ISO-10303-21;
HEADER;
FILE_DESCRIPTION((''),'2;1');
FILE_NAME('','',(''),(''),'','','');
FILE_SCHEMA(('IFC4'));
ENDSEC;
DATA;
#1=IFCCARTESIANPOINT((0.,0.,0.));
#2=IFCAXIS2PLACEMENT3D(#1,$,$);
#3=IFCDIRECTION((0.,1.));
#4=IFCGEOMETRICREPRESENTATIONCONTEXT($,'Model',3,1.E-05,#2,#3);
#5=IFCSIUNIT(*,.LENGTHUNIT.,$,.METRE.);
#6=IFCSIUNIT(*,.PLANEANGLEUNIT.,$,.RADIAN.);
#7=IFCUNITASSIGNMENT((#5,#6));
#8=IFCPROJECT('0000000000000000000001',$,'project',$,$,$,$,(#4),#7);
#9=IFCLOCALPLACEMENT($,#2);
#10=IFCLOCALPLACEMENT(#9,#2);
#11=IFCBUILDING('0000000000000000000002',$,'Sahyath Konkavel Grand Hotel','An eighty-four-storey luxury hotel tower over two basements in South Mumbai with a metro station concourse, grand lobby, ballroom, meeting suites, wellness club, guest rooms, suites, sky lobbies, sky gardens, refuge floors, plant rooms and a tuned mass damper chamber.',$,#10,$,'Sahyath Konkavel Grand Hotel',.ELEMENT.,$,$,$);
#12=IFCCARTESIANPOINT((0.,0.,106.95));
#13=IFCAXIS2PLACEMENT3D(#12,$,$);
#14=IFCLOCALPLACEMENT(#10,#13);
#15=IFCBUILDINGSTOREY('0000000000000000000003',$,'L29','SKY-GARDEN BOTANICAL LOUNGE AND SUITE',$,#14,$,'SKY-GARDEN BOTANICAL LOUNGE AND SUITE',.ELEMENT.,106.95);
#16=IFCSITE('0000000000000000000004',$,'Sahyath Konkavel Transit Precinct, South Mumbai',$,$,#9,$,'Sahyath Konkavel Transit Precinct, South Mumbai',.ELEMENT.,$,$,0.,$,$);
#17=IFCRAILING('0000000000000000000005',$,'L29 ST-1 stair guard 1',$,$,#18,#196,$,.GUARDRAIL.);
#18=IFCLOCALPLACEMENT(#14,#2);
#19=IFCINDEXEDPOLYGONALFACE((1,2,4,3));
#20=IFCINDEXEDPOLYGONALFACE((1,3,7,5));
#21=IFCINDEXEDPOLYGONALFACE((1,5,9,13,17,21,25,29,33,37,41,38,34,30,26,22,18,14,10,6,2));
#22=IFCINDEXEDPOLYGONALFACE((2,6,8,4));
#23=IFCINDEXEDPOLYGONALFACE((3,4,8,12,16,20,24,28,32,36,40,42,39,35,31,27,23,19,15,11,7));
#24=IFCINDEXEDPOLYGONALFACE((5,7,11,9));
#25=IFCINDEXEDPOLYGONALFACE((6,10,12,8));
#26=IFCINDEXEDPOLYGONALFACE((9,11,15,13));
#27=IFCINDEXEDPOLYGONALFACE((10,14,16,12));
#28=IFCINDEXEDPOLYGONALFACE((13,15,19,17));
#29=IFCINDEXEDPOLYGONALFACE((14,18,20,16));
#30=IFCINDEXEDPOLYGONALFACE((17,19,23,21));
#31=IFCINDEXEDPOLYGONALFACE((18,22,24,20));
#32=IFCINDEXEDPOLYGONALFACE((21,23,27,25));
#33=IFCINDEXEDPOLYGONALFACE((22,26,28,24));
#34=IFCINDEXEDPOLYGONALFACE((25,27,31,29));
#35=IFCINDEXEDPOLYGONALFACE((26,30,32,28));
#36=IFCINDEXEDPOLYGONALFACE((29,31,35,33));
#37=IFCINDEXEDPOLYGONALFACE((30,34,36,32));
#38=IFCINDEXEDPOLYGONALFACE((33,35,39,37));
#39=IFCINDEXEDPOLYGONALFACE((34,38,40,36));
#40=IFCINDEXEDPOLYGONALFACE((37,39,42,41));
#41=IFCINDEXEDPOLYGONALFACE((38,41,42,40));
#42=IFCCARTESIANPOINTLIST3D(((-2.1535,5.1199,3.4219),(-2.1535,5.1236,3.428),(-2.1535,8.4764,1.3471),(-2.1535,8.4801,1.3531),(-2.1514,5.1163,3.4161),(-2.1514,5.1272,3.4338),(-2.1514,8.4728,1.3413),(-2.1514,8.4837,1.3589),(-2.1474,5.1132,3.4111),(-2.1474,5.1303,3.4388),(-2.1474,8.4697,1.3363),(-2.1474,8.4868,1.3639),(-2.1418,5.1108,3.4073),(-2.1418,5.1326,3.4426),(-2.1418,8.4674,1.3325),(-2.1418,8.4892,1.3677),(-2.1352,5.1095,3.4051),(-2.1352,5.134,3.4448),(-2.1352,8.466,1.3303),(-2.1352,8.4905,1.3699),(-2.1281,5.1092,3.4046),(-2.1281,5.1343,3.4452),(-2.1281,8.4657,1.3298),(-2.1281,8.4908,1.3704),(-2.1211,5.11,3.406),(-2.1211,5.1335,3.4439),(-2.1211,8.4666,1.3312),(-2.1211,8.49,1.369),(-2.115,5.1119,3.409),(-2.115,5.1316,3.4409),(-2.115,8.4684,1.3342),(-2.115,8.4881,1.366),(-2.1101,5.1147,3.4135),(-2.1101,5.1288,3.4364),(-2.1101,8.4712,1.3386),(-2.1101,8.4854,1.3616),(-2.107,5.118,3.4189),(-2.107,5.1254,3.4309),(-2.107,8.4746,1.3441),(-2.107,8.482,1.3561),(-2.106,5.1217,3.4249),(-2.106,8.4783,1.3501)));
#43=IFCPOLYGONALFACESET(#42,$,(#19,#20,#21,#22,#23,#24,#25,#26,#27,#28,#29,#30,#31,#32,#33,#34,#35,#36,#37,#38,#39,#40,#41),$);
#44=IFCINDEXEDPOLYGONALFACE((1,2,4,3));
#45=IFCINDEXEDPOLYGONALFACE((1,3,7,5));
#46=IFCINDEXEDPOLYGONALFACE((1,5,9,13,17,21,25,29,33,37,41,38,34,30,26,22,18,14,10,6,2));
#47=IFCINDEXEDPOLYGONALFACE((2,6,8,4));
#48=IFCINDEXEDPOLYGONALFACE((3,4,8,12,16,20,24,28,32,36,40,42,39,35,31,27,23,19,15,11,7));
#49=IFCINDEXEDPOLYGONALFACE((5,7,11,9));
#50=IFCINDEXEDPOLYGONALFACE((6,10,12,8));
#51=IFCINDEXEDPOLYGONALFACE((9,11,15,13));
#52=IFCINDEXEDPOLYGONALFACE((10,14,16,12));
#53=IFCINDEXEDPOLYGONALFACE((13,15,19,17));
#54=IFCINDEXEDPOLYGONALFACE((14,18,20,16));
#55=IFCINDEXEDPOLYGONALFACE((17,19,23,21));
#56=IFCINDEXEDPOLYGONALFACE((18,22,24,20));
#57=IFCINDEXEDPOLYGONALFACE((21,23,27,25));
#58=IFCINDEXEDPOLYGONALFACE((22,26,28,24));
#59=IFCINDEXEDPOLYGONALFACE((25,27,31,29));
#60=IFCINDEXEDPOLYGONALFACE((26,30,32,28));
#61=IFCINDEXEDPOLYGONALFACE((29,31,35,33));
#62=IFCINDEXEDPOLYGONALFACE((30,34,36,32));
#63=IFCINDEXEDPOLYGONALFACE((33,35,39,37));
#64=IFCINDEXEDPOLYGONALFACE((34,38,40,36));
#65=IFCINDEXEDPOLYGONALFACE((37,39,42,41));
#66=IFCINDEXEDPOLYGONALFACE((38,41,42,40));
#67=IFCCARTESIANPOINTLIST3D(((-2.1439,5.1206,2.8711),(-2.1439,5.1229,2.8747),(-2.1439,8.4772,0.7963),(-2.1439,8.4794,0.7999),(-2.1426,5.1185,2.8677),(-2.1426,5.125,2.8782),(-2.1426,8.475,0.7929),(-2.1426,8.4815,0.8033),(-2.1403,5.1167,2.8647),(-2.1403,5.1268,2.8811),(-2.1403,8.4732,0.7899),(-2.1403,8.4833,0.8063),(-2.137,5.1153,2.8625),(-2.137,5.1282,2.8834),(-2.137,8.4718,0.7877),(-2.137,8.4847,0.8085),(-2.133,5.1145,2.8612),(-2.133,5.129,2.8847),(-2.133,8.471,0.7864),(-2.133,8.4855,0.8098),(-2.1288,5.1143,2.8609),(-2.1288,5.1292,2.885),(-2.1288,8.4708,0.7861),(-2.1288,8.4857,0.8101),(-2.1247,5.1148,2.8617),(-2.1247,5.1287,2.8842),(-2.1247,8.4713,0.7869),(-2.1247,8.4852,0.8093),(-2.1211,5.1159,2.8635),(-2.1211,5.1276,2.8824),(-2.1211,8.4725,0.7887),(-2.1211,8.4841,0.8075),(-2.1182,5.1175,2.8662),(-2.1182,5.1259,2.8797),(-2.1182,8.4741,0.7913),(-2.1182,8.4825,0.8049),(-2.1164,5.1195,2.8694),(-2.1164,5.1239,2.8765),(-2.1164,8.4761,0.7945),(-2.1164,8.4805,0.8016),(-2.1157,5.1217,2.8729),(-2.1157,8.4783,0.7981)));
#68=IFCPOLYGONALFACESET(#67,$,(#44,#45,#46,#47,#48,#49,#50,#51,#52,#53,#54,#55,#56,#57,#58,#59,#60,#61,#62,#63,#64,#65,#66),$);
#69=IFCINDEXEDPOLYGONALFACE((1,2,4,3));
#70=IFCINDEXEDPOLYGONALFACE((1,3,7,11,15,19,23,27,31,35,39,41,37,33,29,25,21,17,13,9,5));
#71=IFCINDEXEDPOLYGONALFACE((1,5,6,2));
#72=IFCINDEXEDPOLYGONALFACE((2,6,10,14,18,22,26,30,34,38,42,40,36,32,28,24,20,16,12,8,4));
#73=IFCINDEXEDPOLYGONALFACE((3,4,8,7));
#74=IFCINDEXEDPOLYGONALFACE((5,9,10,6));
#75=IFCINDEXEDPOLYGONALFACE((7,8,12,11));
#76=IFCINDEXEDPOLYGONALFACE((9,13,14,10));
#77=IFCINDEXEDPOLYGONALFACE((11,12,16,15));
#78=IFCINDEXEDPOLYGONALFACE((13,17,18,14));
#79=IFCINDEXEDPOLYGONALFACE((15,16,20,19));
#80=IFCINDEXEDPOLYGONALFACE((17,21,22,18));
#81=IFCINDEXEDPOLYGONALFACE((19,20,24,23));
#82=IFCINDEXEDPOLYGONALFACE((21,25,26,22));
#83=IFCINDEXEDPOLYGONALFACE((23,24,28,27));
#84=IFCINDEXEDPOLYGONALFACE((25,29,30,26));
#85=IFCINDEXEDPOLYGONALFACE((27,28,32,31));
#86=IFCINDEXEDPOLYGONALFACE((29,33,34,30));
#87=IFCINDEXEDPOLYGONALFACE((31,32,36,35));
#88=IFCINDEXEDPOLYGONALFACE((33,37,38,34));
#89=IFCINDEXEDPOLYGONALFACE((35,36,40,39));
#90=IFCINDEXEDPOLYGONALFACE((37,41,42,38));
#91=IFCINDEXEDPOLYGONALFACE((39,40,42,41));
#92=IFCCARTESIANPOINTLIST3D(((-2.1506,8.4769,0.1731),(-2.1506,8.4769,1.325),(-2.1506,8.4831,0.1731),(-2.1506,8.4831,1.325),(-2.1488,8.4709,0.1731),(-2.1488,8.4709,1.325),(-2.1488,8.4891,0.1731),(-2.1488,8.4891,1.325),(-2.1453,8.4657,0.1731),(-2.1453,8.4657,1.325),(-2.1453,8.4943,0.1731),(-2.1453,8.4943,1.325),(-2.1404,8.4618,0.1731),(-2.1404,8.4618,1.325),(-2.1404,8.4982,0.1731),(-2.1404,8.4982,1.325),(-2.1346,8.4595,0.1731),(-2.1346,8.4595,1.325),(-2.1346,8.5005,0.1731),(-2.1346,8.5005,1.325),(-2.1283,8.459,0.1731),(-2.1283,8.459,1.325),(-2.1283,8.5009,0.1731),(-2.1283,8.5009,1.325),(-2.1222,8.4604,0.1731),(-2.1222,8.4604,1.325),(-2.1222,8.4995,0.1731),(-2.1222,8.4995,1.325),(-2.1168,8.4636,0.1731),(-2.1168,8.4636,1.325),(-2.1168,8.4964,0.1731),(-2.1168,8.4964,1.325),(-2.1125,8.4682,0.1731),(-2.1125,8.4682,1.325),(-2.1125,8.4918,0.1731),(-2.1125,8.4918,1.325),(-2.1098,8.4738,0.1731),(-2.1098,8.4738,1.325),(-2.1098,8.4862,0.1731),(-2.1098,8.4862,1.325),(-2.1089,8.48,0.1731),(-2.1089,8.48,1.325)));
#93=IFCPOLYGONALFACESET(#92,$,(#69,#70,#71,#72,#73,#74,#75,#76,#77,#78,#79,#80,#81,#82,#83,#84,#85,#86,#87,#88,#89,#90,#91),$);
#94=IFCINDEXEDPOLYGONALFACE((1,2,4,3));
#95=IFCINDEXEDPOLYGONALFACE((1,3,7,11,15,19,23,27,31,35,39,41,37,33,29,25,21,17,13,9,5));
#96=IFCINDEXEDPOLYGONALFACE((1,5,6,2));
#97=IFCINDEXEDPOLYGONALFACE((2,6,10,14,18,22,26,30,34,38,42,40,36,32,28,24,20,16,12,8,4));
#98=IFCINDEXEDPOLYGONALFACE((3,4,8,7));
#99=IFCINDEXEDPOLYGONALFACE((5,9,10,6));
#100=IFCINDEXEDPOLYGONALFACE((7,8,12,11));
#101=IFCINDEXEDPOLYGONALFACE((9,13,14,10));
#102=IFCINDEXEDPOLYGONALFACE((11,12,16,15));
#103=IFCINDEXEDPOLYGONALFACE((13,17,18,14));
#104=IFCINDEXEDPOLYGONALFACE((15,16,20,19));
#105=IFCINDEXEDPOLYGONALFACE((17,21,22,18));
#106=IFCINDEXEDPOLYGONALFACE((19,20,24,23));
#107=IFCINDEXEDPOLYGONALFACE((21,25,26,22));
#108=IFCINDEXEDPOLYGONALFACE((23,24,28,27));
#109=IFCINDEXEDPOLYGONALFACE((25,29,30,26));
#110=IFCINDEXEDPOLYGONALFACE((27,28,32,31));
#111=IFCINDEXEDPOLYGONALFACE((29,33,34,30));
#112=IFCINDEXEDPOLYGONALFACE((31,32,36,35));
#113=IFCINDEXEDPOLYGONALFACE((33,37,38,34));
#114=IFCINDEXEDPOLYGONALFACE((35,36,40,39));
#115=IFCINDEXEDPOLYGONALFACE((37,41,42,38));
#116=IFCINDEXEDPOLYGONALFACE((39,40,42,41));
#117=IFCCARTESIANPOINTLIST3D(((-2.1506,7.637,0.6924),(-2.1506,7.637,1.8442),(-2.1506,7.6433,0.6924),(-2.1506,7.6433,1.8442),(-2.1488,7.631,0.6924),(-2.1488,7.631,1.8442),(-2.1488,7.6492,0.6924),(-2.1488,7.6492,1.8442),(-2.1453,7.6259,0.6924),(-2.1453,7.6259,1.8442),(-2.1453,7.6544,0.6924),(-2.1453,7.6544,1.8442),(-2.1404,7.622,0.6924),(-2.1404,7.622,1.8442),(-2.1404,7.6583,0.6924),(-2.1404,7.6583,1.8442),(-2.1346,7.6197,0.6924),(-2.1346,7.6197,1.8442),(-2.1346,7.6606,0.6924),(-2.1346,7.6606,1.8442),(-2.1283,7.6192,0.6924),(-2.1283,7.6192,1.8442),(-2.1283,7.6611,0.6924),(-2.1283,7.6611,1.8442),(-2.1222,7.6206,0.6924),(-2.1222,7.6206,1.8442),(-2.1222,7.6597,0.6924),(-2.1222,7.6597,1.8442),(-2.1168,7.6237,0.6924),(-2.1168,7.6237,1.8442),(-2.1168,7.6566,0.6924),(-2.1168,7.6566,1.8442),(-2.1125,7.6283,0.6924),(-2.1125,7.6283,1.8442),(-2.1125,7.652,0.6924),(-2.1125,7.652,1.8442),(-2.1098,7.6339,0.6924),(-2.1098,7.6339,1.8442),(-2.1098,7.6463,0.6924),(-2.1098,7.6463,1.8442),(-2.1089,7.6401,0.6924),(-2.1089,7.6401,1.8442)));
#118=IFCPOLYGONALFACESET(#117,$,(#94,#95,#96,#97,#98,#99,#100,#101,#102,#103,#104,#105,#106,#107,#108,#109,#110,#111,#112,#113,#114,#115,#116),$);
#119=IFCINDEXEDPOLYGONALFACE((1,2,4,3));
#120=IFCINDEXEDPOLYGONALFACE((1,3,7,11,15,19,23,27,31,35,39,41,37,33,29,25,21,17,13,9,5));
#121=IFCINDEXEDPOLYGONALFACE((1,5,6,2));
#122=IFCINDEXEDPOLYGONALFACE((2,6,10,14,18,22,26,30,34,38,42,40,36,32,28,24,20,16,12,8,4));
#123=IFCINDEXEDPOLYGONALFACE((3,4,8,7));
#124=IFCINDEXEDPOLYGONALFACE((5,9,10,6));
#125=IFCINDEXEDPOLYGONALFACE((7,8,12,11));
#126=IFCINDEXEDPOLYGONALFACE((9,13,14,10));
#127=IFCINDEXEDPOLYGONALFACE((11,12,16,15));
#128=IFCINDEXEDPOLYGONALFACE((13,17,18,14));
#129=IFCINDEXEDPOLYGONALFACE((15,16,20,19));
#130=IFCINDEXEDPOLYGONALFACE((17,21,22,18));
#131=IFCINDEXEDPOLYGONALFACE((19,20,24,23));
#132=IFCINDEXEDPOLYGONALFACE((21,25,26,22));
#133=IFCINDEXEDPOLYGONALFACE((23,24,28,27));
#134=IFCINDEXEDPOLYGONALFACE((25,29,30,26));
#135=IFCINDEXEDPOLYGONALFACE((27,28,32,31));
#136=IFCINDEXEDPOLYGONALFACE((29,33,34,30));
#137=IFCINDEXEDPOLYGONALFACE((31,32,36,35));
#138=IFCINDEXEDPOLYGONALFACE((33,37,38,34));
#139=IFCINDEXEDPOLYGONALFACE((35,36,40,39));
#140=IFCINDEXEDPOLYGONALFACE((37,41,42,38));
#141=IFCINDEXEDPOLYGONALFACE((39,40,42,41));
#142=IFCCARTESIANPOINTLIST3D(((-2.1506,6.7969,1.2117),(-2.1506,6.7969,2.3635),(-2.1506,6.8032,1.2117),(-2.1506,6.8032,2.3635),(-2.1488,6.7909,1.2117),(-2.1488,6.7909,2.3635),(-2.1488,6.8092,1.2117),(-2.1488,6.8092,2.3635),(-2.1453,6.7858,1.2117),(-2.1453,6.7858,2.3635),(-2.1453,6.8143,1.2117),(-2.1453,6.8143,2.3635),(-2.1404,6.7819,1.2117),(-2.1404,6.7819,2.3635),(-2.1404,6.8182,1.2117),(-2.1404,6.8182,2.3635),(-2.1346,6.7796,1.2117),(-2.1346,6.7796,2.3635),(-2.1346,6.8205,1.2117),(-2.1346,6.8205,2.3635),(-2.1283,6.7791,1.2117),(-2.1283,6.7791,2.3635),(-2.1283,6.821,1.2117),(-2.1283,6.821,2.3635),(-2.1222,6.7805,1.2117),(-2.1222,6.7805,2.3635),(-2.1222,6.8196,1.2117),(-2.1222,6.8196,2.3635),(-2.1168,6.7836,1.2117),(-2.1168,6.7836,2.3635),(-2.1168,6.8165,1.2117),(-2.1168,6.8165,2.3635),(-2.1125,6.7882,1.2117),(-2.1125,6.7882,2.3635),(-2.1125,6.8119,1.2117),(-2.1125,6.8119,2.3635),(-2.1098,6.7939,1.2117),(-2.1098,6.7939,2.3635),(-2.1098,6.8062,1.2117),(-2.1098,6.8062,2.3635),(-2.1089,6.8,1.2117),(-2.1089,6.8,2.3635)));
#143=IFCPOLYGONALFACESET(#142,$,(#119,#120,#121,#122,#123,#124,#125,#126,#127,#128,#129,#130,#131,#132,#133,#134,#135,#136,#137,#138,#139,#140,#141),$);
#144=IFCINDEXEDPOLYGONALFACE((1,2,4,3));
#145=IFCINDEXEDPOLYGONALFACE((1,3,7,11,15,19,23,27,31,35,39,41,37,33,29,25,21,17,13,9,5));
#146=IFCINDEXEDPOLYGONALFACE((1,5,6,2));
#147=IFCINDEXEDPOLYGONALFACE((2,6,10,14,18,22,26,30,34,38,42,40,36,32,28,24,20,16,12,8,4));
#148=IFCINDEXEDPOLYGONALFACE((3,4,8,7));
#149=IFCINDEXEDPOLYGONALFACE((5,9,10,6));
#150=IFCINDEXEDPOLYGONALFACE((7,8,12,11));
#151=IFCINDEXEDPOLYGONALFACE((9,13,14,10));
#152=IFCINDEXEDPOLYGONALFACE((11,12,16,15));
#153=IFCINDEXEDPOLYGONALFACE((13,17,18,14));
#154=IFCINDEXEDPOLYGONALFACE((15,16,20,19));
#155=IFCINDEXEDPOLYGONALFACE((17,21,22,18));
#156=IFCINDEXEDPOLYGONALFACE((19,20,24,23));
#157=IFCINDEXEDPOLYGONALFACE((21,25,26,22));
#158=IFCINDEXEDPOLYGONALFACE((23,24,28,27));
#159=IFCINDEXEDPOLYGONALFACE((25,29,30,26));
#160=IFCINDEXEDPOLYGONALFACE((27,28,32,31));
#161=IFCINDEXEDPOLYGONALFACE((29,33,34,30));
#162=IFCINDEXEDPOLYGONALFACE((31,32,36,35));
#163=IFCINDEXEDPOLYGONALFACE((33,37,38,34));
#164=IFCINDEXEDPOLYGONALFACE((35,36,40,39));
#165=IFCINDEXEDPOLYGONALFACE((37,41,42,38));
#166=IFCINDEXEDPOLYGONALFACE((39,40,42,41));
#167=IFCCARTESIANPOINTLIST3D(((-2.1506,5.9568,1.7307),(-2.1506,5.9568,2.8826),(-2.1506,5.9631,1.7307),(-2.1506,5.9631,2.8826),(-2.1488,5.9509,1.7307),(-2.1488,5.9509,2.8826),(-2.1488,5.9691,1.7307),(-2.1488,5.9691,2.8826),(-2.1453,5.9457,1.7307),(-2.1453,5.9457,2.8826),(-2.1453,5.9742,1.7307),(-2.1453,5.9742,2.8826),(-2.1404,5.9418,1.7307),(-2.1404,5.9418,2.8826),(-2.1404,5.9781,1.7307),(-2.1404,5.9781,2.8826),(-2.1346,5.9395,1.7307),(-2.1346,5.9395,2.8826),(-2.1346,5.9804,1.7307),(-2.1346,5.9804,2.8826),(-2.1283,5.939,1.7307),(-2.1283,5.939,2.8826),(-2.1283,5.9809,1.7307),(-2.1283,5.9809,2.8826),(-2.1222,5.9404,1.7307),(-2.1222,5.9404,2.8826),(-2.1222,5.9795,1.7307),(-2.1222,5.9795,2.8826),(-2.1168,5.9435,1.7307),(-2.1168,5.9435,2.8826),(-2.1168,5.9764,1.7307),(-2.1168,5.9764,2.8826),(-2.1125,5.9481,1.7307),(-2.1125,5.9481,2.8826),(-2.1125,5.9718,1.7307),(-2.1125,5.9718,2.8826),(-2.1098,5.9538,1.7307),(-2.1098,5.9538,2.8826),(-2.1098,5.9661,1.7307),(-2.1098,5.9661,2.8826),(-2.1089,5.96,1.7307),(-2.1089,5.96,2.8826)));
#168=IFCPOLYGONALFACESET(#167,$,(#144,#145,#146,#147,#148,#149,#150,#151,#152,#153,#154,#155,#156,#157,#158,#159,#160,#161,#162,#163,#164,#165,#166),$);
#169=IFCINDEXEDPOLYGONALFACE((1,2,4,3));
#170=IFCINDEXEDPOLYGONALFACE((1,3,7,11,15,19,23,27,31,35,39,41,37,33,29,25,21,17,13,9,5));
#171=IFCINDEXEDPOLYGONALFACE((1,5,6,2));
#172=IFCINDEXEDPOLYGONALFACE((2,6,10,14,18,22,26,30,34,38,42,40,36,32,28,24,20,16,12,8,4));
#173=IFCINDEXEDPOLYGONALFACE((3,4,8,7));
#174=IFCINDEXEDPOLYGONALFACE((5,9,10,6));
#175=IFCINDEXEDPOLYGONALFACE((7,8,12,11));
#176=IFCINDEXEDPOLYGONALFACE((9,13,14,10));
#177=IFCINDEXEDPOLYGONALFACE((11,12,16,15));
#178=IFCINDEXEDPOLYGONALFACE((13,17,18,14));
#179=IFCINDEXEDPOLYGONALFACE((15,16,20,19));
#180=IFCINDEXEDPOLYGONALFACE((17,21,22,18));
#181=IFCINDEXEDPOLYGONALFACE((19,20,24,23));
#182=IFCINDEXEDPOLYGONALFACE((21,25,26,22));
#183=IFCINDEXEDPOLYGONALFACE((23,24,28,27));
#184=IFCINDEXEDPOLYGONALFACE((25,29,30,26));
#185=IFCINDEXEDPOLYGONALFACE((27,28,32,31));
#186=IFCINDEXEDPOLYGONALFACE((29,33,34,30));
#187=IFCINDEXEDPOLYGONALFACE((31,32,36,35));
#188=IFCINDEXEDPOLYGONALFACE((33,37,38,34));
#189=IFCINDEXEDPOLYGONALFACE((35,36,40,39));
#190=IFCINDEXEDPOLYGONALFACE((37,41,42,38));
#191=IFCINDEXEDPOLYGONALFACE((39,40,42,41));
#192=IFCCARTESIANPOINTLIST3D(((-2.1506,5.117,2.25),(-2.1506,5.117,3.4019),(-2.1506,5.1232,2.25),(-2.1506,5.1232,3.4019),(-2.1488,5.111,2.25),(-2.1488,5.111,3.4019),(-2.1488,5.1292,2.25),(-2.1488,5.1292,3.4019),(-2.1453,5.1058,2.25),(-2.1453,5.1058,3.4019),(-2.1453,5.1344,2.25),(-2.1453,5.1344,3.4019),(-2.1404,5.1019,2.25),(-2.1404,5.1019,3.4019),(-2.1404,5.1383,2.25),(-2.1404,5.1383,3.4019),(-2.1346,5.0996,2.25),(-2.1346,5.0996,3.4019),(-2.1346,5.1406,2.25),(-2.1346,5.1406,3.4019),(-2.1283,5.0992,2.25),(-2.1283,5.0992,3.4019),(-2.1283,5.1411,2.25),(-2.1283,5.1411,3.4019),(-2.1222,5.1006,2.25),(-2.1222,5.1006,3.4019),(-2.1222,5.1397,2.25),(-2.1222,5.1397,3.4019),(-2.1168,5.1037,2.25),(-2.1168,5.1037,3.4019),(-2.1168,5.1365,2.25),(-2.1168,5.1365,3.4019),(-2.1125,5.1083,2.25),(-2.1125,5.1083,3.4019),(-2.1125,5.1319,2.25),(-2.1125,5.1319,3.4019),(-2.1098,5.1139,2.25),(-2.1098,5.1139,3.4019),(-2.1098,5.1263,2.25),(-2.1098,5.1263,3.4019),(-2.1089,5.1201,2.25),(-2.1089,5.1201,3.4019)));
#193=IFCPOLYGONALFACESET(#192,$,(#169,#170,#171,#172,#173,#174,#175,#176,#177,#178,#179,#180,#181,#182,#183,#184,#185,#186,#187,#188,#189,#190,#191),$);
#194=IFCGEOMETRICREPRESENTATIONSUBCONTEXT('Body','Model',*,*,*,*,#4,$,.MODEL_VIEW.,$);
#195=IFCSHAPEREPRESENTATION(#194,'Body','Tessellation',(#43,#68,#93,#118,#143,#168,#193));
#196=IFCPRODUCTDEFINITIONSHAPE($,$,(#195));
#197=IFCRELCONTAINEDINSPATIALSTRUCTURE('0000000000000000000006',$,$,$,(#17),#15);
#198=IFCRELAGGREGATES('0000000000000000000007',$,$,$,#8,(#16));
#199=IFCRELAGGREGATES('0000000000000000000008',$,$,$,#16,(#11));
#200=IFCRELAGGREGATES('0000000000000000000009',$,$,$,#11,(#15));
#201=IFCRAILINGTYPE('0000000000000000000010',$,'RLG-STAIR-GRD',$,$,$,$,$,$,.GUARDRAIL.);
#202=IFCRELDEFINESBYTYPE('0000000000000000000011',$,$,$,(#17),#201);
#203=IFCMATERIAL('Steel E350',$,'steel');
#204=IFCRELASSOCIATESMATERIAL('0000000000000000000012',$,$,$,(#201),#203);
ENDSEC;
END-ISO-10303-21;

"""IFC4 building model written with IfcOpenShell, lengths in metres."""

from ifc_helpers import new_model, si_unit, direction, frame, origin, origin_2d, place, context, subcontext, project, spatial, circle, extrude, material, type_object, element, save


model = new_model("IFC4")

# Units and contexts
model_context = context("Model", 3, precision=1e-05, world=origin(), true_north=direction((0.0, 1.0)))
body_context = subcontext(model_context, "Body", "Model", "MODEL_VIEW")
ifc_project = project(units=[si_unit("LENGTHUNIT", "METRE"), si_unit("PLANEANGLEUNIT", "RADIAN")], contexts=[model_context])

# Site, building, storey
site_placement = place(None, origin())
site = spatial("IfcSite", under=ifc_project, at=site_placement, Name="Sahyath Konkavel Transit Precinct, South Mumbai", LongName="Sahyath Konkavel Transit Precinct, South Mumbai", CompositionType="ELEMENT", RefElevation=0.0)
building_placement = place(site_placement, origin())
building = spatial("IfcBuilding", under=site, at=building_placement, Name="Sahyath Konkavel Grand Hotel", Description="An eighty-four-storey luxury hotel tower over two basements in South Mumbai with a metro station concourse, grand lobby, ballroom, meeting suites, wellness club, guest rooms, suites, sky lobbies, sky gardens, refuge floors, plant rooms and a tuned mass damper chamber.", LongName="Sahyath Konkavel Grand Hotel", CompositionType="ELEMENT")
storey_placement = place(building_placement, frame((0.0, 0.0, 106.95)))
storey = spatial("IfcBuildingStorey", under=building, at=storey_placement, Name="L29", Description="SKY-GARDEN BOTANICAL LOUNGE AND SUITE", LongName="SKY-GARDEN BOTANICAL LOUNGE AND SUITE", CompositionType="ELEMENT", Elevation=106.95)

# Shared definitions
ifc_material_1 = material(Name="Steel E350", Category="steel")

# Railing
railing_type_1 = type_object("IfcRailingType", Name="RLG-STAIR-GRD", PredefinedType="GUARDRAIL", material=ifc_material_1)
railing_1_placement = place(storey_placement, frame((-2.1299, 8.48, 0.1731)))
element("IfcRailing", 1, at=railing_1_placement, inside=storey, type_object=railing_type_1, Name="L29 ST-1 stair guard 1", PredefinedType="GUARDRAIL", context=body_context, shape_type="SweptSolid", body=[
    extrude(circle(Radius=0.0239, at=origin_2d()), frame((0.0, -0.0017, 1.177), z_axis=(0.0, -0.850606, 0.525803), x_axis=(1.0, 0.0, 0.0)), (0.0, 0.0, 1.0), 3.946),
    extrude(circle(Radius=0.0142, at=origin_2d()), frame((0.0, -0.0017, 0.625), z_axis=(0.0, -0.850606, 0.525803), x_axis=(1.0, 0.0, 0.0)), (0.0, 0.0, 1.0), 3.946),
    extrude(circle(Radius=0.021, at=origin_2d()), origin(), (0.0, 0.0, 1.0), 1.1519),
    extrude(circle(Radius=0.021, at=origin_2d()), frame((0.0, -0.8398, 0.5193)), (0.0, 0.0, 1.0), 1.1519),
    extrude(circle(Radius=0.021, at=origin_2d()), frame((0.0, -1.6799, 1.0386)), (0.0, 0.0, 1.0), 1.1519),
    extrude(circle(Radius=0.021, at=origin_2d()), frame((0.0, -2.52, 1.5576)), (0.0, 0.0, 1.0), 1.1519),
    extrude(circle(Radius=0.021, at=origin_2d()), frame((0.0, -3.3599, 2.0769)), (0.0, 0.0, 1.0), 1.1519),
])

save(model, "model.ifc")
